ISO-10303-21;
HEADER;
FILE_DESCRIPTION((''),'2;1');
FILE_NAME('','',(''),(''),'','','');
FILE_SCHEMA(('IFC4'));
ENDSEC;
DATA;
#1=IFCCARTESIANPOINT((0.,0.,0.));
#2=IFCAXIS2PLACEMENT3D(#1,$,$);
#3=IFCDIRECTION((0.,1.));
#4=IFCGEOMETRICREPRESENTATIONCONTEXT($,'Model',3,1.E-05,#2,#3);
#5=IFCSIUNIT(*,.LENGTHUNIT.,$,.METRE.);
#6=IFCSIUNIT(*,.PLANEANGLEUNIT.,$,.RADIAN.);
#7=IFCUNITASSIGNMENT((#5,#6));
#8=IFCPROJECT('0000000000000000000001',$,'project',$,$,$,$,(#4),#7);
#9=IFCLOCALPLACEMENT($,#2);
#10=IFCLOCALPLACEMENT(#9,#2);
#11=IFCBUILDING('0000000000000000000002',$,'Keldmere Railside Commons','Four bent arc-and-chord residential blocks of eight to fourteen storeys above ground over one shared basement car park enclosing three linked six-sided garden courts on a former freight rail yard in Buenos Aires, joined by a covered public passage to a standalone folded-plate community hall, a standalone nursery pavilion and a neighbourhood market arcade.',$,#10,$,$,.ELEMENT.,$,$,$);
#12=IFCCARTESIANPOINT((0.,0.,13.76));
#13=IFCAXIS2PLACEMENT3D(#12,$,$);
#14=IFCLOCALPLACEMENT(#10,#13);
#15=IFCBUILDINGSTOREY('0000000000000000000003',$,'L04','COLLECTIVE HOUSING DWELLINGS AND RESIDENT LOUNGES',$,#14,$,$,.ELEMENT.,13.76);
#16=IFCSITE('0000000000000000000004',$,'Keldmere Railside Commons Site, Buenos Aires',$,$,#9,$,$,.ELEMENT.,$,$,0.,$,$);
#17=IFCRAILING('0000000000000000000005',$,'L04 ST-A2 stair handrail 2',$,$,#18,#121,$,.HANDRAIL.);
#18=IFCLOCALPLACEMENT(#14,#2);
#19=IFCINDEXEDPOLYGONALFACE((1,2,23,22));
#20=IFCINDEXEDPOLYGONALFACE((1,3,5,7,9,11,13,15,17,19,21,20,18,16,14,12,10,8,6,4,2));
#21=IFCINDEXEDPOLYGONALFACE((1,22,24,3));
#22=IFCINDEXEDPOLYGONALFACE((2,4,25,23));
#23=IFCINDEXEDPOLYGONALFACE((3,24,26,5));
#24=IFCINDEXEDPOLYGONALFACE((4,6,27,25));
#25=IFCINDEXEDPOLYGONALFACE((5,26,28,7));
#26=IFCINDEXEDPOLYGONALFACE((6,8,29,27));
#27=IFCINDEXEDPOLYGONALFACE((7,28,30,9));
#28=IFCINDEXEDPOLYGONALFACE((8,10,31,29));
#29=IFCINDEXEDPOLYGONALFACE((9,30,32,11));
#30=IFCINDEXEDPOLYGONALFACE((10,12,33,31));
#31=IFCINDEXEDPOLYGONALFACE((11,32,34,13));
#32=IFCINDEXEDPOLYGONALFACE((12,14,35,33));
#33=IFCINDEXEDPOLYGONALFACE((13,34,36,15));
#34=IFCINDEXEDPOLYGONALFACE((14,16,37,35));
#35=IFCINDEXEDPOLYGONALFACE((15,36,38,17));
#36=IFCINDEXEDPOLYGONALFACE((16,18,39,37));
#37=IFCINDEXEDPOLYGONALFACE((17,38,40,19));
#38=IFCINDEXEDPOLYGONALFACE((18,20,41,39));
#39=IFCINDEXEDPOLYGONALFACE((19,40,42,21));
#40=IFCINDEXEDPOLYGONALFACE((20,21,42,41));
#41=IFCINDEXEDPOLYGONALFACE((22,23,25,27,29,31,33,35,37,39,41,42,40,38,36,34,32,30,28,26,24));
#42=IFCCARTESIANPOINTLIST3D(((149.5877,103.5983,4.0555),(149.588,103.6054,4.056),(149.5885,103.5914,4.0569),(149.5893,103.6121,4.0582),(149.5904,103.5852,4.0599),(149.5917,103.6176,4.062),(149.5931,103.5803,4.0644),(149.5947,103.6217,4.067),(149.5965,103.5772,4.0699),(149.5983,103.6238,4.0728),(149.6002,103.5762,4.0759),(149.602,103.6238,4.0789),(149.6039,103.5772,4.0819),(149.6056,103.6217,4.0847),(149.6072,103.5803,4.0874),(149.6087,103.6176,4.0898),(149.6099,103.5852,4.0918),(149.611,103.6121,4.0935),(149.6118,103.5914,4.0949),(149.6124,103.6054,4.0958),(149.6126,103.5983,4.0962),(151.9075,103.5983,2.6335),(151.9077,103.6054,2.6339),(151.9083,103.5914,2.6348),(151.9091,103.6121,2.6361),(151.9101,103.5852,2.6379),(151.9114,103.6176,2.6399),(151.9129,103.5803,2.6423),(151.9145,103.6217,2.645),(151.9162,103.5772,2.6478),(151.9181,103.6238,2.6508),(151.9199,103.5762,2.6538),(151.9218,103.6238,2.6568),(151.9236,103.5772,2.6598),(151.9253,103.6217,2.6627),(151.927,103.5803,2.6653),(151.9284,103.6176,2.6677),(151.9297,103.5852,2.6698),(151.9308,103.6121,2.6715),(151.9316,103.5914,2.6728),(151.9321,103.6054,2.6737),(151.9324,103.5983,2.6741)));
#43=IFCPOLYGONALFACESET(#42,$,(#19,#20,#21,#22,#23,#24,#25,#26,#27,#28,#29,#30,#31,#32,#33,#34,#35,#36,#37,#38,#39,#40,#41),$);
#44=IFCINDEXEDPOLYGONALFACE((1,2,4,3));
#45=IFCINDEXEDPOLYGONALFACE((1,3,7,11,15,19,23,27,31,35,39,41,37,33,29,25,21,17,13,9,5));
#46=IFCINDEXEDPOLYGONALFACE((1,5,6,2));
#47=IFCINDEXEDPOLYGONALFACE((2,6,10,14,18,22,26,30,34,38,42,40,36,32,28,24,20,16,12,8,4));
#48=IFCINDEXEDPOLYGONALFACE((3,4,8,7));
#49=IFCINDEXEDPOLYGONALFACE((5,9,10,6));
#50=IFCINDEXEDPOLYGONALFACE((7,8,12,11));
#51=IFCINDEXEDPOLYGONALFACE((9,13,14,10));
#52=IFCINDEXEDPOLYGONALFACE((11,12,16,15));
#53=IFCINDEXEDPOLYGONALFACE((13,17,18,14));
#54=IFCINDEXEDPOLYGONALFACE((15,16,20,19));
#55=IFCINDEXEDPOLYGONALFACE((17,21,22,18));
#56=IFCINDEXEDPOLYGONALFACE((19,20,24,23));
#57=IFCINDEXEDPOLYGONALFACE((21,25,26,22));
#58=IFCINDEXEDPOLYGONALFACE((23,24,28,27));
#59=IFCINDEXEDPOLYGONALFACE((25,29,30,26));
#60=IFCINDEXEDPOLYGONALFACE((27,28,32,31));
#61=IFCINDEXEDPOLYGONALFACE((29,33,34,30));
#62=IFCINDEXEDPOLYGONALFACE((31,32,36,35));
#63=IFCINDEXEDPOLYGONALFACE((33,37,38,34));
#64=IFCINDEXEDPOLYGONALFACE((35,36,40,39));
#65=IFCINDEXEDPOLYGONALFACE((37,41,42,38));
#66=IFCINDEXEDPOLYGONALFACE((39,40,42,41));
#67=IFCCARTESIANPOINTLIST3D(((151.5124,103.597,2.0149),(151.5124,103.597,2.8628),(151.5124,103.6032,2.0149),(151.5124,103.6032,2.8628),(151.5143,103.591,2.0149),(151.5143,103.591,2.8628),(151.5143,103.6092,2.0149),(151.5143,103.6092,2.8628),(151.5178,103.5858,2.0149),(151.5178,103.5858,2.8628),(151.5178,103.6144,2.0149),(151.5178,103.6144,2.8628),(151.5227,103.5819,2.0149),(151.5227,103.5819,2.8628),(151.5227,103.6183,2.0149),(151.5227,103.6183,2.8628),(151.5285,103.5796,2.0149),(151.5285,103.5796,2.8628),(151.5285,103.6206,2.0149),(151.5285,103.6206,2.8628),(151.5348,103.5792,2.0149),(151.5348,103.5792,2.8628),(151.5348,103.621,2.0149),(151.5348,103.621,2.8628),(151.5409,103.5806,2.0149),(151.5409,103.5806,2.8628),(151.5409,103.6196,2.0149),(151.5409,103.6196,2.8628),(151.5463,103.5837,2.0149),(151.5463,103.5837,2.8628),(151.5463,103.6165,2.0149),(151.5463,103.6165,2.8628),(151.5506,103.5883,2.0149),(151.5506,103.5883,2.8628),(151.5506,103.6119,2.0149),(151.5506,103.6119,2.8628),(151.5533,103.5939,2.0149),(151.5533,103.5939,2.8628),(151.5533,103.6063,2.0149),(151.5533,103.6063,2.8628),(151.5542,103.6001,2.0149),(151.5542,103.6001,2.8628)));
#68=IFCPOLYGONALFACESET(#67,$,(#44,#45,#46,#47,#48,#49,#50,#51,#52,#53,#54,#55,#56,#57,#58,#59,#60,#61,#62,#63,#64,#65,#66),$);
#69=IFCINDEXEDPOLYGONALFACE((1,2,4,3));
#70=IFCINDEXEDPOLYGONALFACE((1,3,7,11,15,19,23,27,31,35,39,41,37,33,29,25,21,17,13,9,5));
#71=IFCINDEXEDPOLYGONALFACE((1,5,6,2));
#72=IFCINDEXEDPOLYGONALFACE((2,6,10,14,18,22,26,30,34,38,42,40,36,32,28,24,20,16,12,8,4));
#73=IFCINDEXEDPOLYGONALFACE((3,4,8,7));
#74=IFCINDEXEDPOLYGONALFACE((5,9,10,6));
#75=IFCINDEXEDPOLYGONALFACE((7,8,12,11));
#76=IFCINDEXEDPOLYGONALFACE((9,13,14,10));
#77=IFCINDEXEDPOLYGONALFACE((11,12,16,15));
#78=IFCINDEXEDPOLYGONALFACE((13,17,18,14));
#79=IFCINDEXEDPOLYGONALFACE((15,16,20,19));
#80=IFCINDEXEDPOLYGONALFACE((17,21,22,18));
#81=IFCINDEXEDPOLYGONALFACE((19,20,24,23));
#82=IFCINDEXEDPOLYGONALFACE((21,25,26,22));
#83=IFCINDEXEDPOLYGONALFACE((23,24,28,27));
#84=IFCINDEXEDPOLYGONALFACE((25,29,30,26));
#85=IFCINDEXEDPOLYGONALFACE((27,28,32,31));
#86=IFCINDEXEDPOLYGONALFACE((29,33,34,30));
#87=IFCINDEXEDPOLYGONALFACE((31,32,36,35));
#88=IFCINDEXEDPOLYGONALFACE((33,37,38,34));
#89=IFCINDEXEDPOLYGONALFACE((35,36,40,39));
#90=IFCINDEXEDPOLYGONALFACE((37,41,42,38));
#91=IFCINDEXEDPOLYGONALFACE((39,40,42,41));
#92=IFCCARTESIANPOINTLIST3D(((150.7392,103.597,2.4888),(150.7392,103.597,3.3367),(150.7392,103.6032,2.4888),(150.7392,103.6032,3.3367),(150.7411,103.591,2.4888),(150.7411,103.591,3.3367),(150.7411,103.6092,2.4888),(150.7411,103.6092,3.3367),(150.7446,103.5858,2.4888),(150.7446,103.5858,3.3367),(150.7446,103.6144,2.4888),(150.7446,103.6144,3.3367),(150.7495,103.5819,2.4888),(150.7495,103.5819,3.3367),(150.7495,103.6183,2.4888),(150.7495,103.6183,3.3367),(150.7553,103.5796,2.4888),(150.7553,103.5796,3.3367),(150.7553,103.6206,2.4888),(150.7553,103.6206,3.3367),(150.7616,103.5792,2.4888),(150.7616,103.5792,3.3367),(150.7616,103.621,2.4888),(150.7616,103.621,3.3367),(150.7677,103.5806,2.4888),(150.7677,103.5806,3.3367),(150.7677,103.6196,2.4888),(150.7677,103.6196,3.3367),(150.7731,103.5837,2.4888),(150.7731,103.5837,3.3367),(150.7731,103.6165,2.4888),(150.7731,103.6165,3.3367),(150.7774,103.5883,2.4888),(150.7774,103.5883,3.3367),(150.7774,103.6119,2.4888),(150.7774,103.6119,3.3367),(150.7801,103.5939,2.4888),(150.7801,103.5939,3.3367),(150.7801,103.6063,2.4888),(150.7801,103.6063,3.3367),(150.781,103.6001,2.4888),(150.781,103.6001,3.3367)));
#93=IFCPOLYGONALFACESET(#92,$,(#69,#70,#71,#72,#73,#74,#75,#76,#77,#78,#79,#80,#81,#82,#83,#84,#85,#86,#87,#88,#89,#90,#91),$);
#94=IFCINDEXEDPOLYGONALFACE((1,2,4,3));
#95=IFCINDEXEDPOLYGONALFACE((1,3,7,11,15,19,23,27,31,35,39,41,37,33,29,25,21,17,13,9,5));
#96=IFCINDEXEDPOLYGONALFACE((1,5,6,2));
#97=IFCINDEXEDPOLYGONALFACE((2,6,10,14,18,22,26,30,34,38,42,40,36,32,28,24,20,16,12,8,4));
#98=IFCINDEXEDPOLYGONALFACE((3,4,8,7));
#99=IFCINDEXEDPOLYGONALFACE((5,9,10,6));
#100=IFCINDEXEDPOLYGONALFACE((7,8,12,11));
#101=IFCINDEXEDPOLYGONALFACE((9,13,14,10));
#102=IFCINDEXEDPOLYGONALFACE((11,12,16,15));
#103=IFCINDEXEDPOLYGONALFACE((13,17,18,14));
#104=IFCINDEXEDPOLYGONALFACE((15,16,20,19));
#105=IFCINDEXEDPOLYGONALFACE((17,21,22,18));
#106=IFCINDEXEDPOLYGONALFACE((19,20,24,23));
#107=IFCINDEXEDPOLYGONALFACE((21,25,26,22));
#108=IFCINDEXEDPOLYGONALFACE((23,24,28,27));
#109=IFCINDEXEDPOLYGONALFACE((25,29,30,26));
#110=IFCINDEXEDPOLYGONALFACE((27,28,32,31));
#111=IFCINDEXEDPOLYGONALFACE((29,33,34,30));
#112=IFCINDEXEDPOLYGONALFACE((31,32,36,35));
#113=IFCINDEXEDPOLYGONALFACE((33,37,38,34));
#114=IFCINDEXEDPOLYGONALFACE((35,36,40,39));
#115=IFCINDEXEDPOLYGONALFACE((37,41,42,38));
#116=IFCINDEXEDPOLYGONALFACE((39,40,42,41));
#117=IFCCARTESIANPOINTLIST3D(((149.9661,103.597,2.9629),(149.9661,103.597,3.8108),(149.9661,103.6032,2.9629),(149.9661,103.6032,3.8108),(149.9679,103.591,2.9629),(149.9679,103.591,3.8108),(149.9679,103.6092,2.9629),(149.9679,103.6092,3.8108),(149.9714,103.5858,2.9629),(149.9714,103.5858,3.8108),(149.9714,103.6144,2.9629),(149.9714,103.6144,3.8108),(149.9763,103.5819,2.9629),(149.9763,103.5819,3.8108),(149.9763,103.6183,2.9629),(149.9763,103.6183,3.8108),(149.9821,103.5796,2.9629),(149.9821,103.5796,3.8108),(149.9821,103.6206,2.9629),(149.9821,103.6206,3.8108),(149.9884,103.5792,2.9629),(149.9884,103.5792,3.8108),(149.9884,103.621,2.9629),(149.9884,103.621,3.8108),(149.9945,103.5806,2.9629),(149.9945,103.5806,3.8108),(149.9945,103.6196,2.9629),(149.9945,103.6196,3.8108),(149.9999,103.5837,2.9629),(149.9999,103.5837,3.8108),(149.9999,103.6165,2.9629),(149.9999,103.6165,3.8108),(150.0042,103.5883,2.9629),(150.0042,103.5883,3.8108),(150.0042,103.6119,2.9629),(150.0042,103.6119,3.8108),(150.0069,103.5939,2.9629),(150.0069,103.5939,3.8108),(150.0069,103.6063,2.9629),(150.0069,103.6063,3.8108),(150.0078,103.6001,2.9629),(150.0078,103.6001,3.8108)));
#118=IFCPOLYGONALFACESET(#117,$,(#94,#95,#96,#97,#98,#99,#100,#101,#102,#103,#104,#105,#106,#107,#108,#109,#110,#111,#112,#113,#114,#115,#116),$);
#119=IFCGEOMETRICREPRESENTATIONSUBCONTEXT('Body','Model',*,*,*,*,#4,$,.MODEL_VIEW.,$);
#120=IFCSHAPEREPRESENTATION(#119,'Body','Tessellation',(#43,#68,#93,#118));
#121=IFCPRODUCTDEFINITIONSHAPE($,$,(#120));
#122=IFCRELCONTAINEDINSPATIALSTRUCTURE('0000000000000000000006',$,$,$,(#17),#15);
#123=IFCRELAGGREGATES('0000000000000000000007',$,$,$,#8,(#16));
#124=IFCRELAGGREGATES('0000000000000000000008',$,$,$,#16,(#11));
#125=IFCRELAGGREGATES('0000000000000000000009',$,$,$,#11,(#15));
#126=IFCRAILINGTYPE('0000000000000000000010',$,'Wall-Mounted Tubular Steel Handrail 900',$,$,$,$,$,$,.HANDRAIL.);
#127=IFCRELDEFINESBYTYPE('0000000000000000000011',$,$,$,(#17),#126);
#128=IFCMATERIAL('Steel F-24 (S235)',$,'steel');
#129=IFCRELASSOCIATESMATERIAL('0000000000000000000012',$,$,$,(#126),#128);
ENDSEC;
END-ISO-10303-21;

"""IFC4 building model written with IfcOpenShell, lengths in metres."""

from ifc_helpers import new_model, si_unit, direction, frame, origin, origin_2d, place, context, subcontext, project, spatial, circle, extrude, material, type_object, element, save


model = new_model("IFC4")

# Units and contexts
model_context = context("Model", 3, precision=1e-05, world=origin(), true_north=direction((0.0, 1.0)))
body_context = subcontext(model_context, "Body", "Model", "MODEL_VIEW")
ifc_project = project(units=[si_unit("LENGTHUNIT", "METRE"), si_unit("PLANEANGLEUNIT", "RADIAN")], contexts=[model_context])

# Site, building, storey
site_placement = place(None, origin())
site = spatial("IfcSite", under=ifc_project, at=site_placement, Name="Keldmere Railside Commons Site, Buenos Aires", CompositionType="ELEMENT", RefElevation=0.0)
building_placement = place(site_placement, origin())
building = spatial("IfcBuilding", under=site, at=building_placement, Name="Keldmere Railside Commons", Description="Four bent arc-and-chord residential blocks of eight to fourteen storeys above ground over one shared basement car park enclosing three linked six-sided garden courts on a former freight rail yard in Buenos Aires, joined by a covered public passage to a standalone folded-plate community hall, a standalone nursery pavilion and a neighbourhood market arcade.", CompositionType="ELEMENT")
storey_placement = place(building_placement, frame((0.0, 0.0, 13.76)))
storey = spatial("IfcBuildingStorey", under=building, at=storey_placement, Name="L04", Description="COLLECTIVE HOUSING DWELLINGS AND RESIDENT LOUNGES", CompositionType="ELEMENT", Elevation=13.76)

# Shared definitions
ifc_material_1 = material(Name="Steel F-24 (S235)", Category="steel")

# Railing
railing_type_1 = type_object("IfcRailingType", Name="Wall-Mounted Tubular Steel Handrail 900", PredefinedType="HANDRAIL", material=ifc_material_1)
railing_1_placement = place(storey_placement, frame((151.9199, 103.6001, 1.7778)))
element("IfcRailing", 1, at=railing_1_placement, inside=storey, type_object=railing_type_1, Name="L04 ST-A2 stair handrail 2", PredefinedType="HANDRAIL", context=body_context, shape_type="SweptSolid", body=[
    extrude(circle(Radius=0.0239, at=origin_2d()), frame((0.0, 0.0, 0.876), z_axis=(-0.852554, 0.0, 0.52264), x_axis=(0.0, -1.0, 0.0)), (0.0, 0.0, 1.0), 2.7209),
    extrude(circle(Radius=0.021, at=origin_2d()), frame((-0.3867, 0.0, 0.2371)), (0.0, 0.0, 1.0), 0.8479),
    extrude(circle(Radius=0.021, at=origin_2d()), frame((-1.1599, 0.0, 0.7109)), (0.0, 0.0, 1.0), 0.8479),
    extrude(circle(Radius=0.021, at=origin_2d()), frame((-1.9331, 0.0, 1.1851)), (0.0, 0.0, 1.0), 0.8479),
])

save(model, "model.ifc")
